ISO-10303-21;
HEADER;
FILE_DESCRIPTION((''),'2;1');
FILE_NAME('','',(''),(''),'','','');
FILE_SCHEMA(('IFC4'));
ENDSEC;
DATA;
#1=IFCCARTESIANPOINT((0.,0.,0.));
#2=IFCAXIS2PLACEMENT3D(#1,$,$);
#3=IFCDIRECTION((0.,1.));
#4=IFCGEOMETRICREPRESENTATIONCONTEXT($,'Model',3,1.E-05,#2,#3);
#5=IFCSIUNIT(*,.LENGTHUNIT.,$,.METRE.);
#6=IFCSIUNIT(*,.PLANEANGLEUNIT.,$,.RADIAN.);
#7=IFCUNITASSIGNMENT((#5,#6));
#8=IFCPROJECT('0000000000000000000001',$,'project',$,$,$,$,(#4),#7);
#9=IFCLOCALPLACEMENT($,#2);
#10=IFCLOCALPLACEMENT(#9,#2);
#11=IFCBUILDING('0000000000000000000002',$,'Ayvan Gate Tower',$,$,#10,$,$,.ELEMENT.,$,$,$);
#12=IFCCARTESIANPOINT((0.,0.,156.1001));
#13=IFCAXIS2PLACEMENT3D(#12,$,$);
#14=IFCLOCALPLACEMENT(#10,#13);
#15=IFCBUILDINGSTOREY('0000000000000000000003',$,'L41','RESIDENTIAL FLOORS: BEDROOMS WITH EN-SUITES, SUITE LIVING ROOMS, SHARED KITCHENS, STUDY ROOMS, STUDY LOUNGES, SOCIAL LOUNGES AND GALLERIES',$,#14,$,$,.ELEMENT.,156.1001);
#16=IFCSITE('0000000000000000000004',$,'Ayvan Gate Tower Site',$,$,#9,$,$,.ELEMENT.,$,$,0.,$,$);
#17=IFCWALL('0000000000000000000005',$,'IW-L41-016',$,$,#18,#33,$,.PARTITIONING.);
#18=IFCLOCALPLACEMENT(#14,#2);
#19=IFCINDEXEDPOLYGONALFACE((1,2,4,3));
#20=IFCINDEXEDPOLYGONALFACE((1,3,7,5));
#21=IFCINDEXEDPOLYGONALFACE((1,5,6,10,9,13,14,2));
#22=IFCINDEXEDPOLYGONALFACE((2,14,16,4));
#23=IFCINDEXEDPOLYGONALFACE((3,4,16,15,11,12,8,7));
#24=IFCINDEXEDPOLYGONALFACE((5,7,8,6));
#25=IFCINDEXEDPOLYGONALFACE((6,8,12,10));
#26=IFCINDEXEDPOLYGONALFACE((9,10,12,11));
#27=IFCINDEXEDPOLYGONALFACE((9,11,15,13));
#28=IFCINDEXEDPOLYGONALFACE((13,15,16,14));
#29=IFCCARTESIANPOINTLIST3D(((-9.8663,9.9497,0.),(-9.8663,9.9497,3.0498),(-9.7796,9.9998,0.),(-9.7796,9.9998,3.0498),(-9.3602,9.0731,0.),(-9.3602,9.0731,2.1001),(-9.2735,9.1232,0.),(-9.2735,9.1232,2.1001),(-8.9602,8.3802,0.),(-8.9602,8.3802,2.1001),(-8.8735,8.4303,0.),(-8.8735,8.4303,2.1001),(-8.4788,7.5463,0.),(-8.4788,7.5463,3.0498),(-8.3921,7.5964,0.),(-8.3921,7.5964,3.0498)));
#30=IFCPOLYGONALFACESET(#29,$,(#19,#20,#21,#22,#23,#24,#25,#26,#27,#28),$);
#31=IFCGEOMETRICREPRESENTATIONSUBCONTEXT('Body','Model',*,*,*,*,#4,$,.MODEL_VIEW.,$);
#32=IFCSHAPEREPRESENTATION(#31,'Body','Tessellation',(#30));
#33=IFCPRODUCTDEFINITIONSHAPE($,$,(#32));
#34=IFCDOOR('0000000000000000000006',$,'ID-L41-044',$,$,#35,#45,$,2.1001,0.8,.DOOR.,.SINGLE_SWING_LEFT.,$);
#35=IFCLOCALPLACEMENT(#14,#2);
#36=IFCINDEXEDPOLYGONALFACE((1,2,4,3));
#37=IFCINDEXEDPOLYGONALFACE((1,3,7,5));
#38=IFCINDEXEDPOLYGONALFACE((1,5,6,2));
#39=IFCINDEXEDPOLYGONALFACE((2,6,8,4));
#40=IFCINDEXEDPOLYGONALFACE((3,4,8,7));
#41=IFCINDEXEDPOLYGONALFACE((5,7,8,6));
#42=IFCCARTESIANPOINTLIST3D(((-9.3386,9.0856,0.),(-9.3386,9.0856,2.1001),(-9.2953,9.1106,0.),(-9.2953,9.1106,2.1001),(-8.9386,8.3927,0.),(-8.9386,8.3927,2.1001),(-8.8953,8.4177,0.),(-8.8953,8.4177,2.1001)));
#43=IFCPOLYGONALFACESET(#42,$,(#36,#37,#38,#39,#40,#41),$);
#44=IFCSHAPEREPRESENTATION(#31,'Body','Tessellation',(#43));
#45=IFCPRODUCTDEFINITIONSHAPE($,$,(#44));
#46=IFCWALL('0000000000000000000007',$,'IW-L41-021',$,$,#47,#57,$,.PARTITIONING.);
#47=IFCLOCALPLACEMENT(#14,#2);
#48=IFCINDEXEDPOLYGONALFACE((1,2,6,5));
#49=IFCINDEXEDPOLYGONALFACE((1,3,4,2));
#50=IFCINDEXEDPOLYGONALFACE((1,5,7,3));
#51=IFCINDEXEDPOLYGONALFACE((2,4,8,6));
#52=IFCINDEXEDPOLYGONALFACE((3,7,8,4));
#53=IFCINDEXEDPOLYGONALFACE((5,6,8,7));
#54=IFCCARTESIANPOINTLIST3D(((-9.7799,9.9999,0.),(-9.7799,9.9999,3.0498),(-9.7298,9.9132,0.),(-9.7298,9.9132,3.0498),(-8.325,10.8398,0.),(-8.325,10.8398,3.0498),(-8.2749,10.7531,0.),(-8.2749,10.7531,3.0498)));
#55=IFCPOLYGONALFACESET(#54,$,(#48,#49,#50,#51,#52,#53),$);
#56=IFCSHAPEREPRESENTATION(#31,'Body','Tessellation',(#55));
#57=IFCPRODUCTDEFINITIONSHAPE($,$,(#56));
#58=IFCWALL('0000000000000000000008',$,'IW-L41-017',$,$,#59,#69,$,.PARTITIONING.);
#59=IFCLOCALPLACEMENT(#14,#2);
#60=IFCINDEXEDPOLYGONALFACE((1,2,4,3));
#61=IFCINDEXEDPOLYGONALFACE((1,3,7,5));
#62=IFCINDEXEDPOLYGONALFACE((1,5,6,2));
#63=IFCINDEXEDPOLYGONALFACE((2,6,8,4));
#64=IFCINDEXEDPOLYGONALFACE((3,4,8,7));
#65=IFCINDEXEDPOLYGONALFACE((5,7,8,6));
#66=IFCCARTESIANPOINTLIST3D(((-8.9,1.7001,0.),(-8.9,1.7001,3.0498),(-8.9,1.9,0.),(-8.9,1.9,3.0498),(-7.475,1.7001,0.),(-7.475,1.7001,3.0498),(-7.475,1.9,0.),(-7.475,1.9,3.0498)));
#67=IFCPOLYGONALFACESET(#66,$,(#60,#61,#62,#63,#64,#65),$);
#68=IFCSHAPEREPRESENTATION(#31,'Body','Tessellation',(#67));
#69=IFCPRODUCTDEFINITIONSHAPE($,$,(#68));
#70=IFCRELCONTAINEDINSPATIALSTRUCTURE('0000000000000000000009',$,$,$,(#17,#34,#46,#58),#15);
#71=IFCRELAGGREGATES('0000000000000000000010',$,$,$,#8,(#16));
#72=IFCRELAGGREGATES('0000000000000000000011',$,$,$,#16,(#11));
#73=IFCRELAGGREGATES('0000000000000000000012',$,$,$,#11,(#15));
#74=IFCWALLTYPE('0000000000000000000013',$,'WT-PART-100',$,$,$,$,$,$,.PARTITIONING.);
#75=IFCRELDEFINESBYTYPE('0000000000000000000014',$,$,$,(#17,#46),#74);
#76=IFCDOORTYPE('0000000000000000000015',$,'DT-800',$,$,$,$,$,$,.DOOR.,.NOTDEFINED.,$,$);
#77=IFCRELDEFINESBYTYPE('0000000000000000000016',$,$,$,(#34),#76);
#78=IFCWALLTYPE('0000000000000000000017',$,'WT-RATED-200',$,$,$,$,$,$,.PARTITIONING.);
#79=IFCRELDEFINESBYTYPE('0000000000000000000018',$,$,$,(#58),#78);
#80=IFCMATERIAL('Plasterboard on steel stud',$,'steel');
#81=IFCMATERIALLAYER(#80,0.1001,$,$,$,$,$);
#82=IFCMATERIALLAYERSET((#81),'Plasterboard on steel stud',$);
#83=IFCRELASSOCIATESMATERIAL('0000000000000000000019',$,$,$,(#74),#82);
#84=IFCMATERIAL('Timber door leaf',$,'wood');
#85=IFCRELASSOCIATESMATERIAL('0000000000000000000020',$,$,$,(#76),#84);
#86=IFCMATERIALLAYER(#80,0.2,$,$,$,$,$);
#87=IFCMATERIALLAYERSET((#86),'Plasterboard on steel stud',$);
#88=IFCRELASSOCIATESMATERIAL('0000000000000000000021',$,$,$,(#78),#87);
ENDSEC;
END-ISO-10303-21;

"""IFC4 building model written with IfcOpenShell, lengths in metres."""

from ifc_helpers import new_model, si_unit, direction, frame, frame_2d, origin, place, context, subcontext, project, spatial, rectangle, extrude, material, layer, layer_set, type_object, element, fill, save


model = new_model("IFC4")

# Units and contexts
model_context = context("Model", 3, precision=1e-05, world=origin(), true_north=direction((0.0, 1.0)))
body_context = subcontext(model_context, "Body", "Model", "MODEL_VIEW")
ifc_project = project(units=[si_unit("LENGTHUNIT", "METRE"), si_unit("PLANEANGLEUNIT", "RADIAN")], contexts=[model_context])

# Site, building, storey
site_placement = place(None, origin())
site = spatial("IfcSite", under=ifc_project, at=site_placement, Name="Ayvan Gate Tower Site", CompositionType="ELEMENT", RefElevation=0.0)
building_placement = place(site_placement, origin())
building = spatial("IfcBuilding", under=site, at=building_placement, Name="Ayvan Gate Tower", CompositionType="ELEMENT")
storey_placement = place(building_placement, frame((0.0, 0.0, 156.1001)))
storey = spatial("IfcBuildingStorey", under=building, at=storey_placement, Name="L41", Description="RESIDENTIAL FLOORS: BEDROOMS WITH EN-SUITES, SUITE LIVING ROOMS, SHARED KITCHENS, STUDY ROOMS, STUDY LOUNGES, SOCIAL LOUNGES AND GALLERIES", CompositionType="ELEMENT", Elevation=156.1001)

# Shared definitions
ifc_material_1 = material(Name="Timber door leaf", Category="wood")

# Shared definitions
ifc_material_2 = material(Name="Plasterboard on steel stud", Category="steel")

# Wall, opening, door
ifc_layer_1 = layer(ifc_material_2, 0.1001)
ifc_layer_set_1 = layer_set([ifc_layer_1], Name="Plasterboard on steel stud")
wall_type_1 = type_object("IfcWallType", Name="WT-PART-100", PredefinedType="PARTITIONING", material=ifc_layer_set_1)
door_type_1 = type_object("IfcDoorType", Name="DT-800", OperationType="NOTDEFINED", PredefinedType="DOOR", material=ifc_material_1)
wall_1_placement = place(storey_placement, frame((-9.823, 9.9749, 0.0), z_axis=(0.0, 0.0, 1.0), x_axis=(0.499971, -0.866042, 0.0)))
wall_1 = element("IfcWall", 1, at=wall_1_placement, inside=storey, type_object=wall_type_1, Name="IW-L41-016", PredefinedType="PARTITIONING", context=body_context, shape_type="SweptSolid", body=[
    extrude(rectangle(XDim=2.7751, YDim=0.1001, at=frame_2d((1.3877, 0.0))), origin(), (0.0, 0.0, 1.0), 3.0498),
])
opening_1_placement = place(wall_1_placement, frame((1.0125, 0.0, 0.0)))
opening_1 = element("IfcOpeningElement", 2, at=opening_1_placement, cuts=wall_1, PredefinedType="OPENING", context=body_context, shape_type="SweptSolid", body=[
    extrude(rectangle(XDim=0.8, YDim=2.1001, at=frame_2d((0.3999, 1.05))), frame((0.0, 0.0601, 0.0), z_axis=(0.0, -1.0, 0.0), x_axis=(1.0, 0.0, 0.0)), (0.0, 0.0, 1.0), 0.1201),
])
door_1_placement = place(opening_1_placement, origin())
door_1 = element("IfcDoor", 3, at=door_1_placement, inside=storey, type_object=door_type_1, Name="ID-L41-044", OperationType="SINGLE_SWING_LEFT", OverallHeight=2.1001, OverallWidth=0.8, PredefinedType="DOOR", context=body_context, shape_type="SweptSolid", body=[
    extrude(rectangle(XDim=0.8, YDim=2.1001, at=frame_2d((0.3999, 1.05))), frame((0.0, 0.0249, 0.0), z_axis=(0.0, -1.0, 0.0), x_axis=(1.0, 0.0, 0.0)), (0.0, 0.0, 1.0), 0.05),
])
fill(opening_1, door_1)

# Walls
wall_2_placement = place(storey_placement, frame((-8.3, 10.7964, 0.0), z_axis=(0.0, 0.0, 1.0), x_axis=(-0.866052, -0.499953, 0.0)))
element("IfcWall", 4, at=wall_2_placement, inside=storey, type_object=wall_type_1, Name="IW-L41-021", PredefinedType="PARTITIONING", context=body_context, shape_type="SweptSolid", body=[
    extrude(rectangle(XDim=1.6799, YDim=0.1001, at=frame_2d((0.8398, 0.0))), origin(), (0.0, 0.0, 1.0), 3.0498),
])
ifc_layer_2 = layer(ifc_material_2, 0.2)
ifc_layer_set_2 = layer_set([ifc_layer_2], Name="Plasterboard on steel stud")
wall_type_2 = type_object("IfcWallType", Name="WT-RATED-200", PredefinedType="PARTITIONING", material=ifc_layer_set_2)
wall_3_placement = place(storey_placement, frame((-8.8999, 1.8, 0.0), z_axis=(0.0, 0.0, 1.0), x_axis=(1.0, 0.0, 0.0)))
element("IfcWall", 5, at=wall_3_placement, inside=storey, type_object=wall_type_2, Name="IW-L41-017", PredefinedType="PARTITIONING", context=body_context, shape_type="SweptSolid", body=[
    extrude(rectangle(XDim=1.425, YDim=0.2, at=frame_2d((0.7124, 0.0))), origin(), (0.0, 0.0, 1.0), 3.0498),
])

save(model, "model.ifc")
